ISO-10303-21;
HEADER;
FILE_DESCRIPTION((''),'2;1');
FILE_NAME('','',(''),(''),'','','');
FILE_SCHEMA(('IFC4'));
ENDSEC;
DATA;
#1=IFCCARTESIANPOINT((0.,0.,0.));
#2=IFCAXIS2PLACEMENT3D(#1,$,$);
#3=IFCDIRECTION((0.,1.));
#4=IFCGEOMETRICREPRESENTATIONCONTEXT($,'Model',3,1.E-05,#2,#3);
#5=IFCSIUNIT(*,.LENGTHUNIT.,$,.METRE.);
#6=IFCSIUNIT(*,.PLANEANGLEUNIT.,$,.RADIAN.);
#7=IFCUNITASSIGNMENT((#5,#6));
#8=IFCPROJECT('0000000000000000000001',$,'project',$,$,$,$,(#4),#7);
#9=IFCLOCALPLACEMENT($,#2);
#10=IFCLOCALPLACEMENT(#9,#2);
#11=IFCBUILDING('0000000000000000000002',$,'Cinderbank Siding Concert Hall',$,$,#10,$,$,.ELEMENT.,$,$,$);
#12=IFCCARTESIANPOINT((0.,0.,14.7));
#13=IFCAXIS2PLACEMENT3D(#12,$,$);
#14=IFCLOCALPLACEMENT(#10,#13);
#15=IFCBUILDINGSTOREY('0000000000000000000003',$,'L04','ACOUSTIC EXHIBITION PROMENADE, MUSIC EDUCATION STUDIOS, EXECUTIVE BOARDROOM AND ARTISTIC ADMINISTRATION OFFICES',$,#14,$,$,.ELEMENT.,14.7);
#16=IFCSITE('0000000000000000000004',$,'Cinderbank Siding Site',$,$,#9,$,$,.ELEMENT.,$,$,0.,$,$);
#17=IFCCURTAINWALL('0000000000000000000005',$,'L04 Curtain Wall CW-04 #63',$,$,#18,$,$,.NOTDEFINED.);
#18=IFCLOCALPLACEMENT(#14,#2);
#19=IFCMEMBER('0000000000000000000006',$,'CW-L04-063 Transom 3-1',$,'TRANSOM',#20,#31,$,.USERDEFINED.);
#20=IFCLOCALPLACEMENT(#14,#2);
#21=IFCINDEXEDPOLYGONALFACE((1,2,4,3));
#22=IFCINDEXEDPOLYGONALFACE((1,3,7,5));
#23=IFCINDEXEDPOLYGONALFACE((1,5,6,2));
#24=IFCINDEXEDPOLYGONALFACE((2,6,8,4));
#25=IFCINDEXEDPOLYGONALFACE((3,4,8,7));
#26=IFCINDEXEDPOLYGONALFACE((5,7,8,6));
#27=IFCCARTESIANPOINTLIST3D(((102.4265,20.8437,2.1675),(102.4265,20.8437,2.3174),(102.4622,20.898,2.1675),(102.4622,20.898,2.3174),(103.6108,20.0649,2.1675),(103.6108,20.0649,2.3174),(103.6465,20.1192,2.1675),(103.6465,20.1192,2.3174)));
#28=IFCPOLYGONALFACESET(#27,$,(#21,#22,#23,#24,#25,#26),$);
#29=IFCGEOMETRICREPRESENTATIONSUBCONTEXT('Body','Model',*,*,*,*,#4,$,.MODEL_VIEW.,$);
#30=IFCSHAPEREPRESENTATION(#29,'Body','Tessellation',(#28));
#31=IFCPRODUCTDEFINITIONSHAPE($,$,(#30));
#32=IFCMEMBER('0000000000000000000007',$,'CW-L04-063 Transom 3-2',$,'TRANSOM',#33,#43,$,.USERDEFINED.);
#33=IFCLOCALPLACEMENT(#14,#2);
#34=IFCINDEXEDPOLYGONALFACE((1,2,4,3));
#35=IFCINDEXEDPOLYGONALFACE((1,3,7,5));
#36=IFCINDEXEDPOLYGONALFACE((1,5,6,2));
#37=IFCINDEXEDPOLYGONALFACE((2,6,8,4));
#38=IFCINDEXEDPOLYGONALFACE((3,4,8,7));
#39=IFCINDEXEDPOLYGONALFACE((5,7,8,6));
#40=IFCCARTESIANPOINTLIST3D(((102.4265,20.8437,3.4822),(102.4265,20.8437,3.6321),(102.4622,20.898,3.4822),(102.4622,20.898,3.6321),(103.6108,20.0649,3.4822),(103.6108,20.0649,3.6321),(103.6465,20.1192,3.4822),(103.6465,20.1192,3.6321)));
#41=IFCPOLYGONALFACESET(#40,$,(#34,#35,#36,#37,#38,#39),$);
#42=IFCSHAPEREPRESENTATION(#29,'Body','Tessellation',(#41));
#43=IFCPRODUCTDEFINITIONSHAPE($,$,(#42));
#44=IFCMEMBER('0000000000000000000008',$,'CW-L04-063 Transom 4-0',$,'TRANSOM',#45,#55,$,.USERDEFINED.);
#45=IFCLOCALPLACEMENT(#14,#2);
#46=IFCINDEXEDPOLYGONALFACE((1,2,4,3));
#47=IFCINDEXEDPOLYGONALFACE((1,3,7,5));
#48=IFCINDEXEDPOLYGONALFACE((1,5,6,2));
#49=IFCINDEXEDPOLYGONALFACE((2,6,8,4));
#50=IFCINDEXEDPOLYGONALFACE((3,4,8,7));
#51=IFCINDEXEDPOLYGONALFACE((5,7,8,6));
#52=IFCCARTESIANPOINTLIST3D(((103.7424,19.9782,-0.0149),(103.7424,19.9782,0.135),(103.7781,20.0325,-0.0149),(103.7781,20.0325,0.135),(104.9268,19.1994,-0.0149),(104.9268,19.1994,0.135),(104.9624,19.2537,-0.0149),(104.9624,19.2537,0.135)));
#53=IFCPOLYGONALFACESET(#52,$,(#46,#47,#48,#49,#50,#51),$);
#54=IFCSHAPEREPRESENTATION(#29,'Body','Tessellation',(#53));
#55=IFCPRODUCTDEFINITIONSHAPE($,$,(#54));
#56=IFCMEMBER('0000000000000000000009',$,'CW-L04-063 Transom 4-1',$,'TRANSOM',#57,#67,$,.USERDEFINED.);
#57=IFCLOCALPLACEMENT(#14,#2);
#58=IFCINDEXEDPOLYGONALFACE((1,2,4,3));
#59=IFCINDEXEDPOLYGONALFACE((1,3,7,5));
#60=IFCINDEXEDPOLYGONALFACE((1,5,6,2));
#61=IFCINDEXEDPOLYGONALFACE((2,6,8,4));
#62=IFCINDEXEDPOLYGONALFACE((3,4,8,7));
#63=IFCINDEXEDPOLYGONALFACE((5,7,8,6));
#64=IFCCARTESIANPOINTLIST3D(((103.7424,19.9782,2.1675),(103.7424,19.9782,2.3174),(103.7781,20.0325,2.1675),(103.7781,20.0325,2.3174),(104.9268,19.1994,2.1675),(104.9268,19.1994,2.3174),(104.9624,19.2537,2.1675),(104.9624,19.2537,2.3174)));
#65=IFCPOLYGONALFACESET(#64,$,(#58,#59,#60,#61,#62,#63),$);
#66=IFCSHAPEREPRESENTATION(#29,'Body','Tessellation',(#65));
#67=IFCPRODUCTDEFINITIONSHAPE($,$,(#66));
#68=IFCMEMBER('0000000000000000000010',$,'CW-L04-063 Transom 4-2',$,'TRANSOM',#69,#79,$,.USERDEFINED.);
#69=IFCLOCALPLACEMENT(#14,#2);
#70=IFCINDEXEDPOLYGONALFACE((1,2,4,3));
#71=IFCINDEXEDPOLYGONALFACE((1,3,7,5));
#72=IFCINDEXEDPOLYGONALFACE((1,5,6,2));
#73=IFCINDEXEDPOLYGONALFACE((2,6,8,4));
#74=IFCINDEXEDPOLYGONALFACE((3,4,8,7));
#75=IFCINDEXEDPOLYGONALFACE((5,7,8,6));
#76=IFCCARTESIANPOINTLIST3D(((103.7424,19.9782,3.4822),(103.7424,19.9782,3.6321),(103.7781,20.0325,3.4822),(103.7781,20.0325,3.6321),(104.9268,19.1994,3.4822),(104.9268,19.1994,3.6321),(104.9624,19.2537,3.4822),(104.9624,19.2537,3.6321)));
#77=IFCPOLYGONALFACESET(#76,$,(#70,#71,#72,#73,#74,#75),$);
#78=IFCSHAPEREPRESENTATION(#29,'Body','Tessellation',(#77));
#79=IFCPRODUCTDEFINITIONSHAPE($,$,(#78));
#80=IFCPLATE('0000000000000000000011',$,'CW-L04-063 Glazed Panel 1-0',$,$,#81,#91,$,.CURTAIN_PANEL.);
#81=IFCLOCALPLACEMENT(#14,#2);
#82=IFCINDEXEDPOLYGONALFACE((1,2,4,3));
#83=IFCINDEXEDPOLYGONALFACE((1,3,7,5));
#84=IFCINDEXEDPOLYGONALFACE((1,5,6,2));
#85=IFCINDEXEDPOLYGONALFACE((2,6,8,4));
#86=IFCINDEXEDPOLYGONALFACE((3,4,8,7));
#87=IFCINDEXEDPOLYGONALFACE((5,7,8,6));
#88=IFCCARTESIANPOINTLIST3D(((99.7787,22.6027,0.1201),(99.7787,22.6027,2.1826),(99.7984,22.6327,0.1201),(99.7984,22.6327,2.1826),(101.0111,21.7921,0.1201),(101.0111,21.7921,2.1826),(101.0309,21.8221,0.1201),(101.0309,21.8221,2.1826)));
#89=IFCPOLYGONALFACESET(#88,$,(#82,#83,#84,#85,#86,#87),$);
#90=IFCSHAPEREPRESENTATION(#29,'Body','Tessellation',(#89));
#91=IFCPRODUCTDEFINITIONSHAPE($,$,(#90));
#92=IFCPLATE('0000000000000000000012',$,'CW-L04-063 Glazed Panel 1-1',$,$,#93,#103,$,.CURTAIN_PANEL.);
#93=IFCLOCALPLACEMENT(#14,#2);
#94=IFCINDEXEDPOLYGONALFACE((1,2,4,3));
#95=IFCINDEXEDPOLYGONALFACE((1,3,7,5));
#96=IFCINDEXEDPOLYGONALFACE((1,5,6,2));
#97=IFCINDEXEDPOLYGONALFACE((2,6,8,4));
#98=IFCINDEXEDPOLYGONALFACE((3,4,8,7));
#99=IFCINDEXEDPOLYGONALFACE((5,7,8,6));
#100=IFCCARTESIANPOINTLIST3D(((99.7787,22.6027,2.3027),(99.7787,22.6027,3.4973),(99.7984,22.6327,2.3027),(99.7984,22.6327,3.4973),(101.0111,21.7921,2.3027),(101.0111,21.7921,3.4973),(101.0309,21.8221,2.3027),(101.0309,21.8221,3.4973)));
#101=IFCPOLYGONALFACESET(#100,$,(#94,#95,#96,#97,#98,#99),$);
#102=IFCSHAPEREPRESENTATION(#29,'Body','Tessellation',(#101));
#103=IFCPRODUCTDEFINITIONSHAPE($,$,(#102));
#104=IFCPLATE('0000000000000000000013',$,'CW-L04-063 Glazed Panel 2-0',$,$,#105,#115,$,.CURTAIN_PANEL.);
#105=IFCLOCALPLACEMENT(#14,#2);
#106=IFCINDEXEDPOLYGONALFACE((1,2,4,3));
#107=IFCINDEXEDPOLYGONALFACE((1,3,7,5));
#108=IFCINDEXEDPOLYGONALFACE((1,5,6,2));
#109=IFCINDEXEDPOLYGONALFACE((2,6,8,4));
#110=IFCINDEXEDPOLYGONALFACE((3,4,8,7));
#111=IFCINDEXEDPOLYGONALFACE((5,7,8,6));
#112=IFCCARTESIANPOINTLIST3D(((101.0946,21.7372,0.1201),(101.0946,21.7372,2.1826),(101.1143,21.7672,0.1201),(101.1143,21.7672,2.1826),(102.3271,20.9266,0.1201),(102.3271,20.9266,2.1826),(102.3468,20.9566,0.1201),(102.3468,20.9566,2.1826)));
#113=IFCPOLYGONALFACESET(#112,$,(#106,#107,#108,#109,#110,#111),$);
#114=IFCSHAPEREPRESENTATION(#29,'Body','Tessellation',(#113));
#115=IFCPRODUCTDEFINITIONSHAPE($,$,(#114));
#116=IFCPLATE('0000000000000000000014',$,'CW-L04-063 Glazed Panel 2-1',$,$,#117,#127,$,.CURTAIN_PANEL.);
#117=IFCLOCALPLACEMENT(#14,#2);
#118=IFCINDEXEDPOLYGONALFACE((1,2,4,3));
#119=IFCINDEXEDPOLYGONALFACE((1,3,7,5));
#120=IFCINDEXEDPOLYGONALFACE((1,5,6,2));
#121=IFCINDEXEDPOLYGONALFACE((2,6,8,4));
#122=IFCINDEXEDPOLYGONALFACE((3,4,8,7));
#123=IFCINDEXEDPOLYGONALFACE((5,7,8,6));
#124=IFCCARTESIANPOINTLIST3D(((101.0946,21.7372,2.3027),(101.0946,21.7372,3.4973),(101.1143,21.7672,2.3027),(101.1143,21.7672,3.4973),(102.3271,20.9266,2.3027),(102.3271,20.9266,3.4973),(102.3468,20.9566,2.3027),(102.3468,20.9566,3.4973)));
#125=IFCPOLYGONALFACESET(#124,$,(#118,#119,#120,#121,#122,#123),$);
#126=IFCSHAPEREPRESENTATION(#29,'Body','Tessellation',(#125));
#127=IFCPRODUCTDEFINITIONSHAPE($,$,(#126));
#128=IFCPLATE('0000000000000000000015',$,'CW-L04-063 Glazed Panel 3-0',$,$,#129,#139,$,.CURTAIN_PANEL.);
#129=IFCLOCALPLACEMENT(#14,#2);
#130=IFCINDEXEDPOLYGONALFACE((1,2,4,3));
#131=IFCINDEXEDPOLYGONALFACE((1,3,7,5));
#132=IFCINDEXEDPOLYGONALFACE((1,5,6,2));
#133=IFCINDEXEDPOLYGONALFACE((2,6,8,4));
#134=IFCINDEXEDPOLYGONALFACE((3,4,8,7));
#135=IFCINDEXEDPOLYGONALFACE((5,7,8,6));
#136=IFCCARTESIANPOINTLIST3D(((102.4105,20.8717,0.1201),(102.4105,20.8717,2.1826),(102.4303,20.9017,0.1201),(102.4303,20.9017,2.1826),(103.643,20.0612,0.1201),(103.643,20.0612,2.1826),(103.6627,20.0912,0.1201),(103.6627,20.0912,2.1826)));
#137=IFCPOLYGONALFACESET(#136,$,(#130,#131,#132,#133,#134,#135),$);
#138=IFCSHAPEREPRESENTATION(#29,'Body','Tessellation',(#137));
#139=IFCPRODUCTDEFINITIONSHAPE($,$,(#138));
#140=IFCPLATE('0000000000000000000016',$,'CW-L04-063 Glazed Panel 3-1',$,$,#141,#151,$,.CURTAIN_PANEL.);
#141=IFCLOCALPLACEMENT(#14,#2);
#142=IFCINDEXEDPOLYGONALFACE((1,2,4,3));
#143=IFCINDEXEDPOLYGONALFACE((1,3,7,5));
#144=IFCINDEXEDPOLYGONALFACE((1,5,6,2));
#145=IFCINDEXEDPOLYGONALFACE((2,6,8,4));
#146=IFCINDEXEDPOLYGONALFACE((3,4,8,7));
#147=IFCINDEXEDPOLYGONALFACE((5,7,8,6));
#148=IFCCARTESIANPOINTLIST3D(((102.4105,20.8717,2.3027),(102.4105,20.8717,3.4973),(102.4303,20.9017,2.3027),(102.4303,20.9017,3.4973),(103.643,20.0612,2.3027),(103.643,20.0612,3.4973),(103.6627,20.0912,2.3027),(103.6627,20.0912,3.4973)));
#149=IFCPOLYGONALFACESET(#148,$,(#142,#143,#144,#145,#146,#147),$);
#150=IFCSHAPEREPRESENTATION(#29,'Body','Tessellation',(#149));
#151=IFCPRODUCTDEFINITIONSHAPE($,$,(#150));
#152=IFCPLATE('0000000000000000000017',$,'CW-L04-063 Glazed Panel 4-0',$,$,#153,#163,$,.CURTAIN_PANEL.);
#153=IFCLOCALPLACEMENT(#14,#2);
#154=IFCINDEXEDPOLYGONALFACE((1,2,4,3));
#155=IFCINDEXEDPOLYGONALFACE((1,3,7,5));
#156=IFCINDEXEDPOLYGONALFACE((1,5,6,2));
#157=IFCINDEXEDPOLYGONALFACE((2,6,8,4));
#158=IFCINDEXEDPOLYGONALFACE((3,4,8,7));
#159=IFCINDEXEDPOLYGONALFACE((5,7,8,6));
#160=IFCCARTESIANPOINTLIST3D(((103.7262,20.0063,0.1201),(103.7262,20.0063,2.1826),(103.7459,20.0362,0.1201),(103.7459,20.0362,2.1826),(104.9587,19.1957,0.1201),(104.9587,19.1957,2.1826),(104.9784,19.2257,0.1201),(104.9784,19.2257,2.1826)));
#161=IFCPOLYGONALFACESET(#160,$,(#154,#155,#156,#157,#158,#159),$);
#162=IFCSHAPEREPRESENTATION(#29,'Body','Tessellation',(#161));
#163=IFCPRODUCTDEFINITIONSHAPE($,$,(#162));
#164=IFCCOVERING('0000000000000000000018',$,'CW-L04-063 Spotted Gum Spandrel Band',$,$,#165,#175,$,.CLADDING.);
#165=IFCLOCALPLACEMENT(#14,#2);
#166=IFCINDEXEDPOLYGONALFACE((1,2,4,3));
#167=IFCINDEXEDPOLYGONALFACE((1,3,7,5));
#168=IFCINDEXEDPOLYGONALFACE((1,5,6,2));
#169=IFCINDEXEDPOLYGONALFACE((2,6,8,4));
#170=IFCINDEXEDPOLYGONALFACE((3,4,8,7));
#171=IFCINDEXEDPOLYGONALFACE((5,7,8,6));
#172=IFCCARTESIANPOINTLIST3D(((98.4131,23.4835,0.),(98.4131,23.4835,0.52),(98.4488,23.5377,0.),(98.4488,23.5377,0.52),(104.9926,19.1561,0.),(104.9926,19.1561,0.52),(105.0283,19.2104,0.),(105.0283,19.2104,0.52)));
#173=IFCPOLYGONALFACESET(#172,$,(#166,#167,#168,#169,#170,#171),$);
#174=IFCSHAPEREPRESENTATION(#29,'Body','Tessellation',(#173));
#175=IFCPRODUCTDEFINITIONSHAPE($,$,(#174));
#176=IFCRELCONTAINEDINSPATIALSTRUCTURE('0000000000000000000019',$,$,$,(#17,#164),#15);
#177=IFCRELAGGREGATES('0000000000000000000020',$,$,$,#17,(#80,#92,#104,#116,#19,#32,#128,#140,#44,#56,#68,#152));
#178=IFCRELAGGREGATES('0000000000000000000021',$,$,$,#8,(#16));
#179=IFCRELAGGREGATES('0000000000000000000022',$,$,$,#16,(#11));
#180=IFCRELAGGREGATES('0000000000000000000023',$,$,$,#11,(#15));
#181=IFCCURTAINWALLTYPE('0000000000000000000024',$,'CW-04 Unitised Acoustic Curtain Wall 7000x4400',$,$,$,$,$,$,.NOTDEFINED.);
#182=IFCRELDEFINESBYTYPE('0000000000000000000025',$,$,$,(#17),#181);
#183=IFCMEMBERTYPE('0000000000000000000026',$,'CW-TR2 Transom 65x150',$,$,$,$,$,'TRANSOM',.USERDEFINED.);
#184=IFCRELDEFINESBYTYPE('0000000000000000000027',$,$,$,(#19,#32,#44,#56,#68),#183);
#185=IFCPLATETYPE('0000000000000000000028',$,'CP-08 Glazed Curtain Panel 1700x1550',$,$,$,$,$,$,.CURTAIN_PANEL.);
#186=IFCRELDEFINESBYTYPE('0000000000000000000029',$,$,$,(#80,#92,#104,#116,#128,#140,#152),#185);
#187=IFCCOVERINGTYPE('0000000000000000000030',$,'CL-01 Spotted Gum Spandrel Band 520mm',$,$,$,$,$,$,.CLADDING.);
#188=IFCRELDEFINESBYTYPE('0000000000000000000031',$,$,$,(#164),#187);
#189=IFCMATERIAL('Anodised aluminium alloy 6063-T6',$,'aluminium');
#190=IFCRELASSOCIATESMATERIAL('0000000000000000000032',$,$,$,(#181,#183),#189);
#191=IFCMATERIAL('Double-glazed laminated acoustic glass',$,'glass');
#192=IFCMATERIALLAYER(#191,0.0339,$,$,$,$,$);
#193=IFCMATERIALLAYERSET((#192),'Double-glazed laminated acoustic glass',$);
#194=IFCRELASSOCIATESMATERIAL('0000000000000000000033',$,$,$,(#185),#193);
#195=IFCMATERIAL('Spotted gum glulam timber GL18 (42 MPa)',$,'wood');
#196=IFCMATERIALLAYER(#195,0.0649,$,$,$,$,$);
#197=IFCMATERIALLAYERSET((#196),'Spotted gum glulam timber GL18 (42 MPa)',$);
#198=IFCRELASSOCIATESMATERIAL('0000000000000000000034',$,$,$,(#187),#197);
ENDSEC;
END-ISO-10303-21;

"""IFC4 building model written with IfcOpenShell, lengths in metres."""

from ifc_helpers import new_model, si_unit, direction, frame, origin, origin_2d, place, context, subcontext, project, spatial, rectangle, extrude, material, layer, layer_set, material_profile, profile_set, type_object, element, aggregate, save


model = new_model("IFC4")

# Units and contexts
model_context = context("Model", 3, precision=1e-05, world=origin(), true_north=direction((0.0, 1.0)))
body_context = subcontext(model_context, "Body", "Model", "MODEL_VIEW")
ifc_project = project(units=[si_unit("LENGTHUNIT", "METRE"), si_unit("PLANEANGLEUNIT", "RADIAN")], contexts=[model_context])

# Site, building, storey
site_placement = place(None, origin())
site = spatial("IfcSite", under=ifc_project, at=site_placement, Name="Cinderbank Siding Site", CompositionType="ELEMENT", RefElevation=0.0)
building_placement = place(site_placement, origin())
building = spatial("IfcBuilding", under=site, at=building_placement, Name="Cinderbank Siding Concert Hall", CompositionType="ELEMENT")
storey_placement = place(building_placement, frame((0.0, 0.0, 14.7)))
storey = spatial("IfcBuildingStorey", under=building, at=storey_placement, Name="L04", Description="ACOUSTIC EXHIBITION PROMENADE, MUSIC EDUCATION STUDIOS, EXECUTIVE BOARDROOM AND ARTISTIC ADMINISTRATION OFFICES", CompositionType="ELEMENT", Elevation=14.7)

# Curtain wall, members, plates
ifc_material_1 = material(Name="Anodised aluminium alloy 6063-T6", Category="aluminium")
curtain_wall_type = type_object("IfcCurtainWallType", Name="CW-04 Unitised Acoustic Curtain Wall 7000x4400", PredefinedType="NOTDEFINED", material=ifc_material_1)
curtain_wall_placement = place(storey_placement, origin())
curtain_wall = element("IfcCurtainWall", 1, at=curtain_wall_placement, inside=storey, type_object=curtain_wall_type, Name="L04 Curtain Wall CW-04 #63", PredefinedType="NOTDEFINED")
ifc_material_profile_1 = material_profile(ifc_material_1, rectangle(XDim=0.0649, YDim=0.1499, at=origin_2d()), Name="ALU-TRAN-65x150", Category="LoadBearing")
ifc_profile_set_1 = profile_set([ifc_material_profile_1], Name="Anodised aluminium alloy 6063-T6")
member_type_1 = type_object("IfcMemberType", Name="CW-TR2 Transom 65x150", ElementType="TRANSOM", PredefinedType="USERDEFINED", material=ifc_profile_set_1)
member_1_placement = place(storey_placement, frame((102.4443, 20.8708, 2.2424), z_axis=(0.835532, -0.549443, 0.0), x_axis=(0.549443, 0.835532, 0.0)))
member_1 = element("IfcMember", 2, at=member_1_placement, type_object=member_type_1, Name="CW-L04-063 Transom 3-1", ObjectType="TRANSOM", PredefinedType="USERDEFINED", context=body_context, shape_type="SweptSolid", body=[
    extrude(rectangle(XDim=0.0649, YDim=0.1499, at=origin_2d()), origin(), (0.0, 0.0, 1.0), 1.4175),
])
member_2_placement = place(storey_placement, frame((102.4443, 20.8708, 3.5571), z_axis=(0.835532, -0.549443, 0.0), x_axis=(0.549443, 0.835532, 0.0)))
member_2 = element("IfcMember", 3, at=member_2_placement, type_object=member_type_1, Name="CW-L04-063 Transom 3-2", ObjectType="TRANSOM", PredefinedType="USERDEFINED", context=body_context, shape_type="SweptSolid", body=[
    extrude(rectangle(XDim=0.0649, YDim=0.1499, at=origin_2d()), origin(), (0.0, 0.0, 1.0), 1.4175),
])
member_3_placement = place(storey_placement, frame((103.7603, 20.0054, 0.0601), z_axis=(0.835532, -0.549443, 0.0), x_axis=(0.549443, 0.835532, 0.0)))
member_3 = element("IfcMember", 4, at=member_3_placement, type_object=member_type_1, Name="CW-L04-063 Transom 4-0", ObjectType="TRANSOM", PredefinedType="USERDEFINED", context=body_context, shape_type="SweptSolid", body=[
    extrude(rectangle(XDim=0.0649, YDim=0.1499, at=origin_2d()), origin(), (0.0, 0.0, 1.0), 1.4175),
])
member_4_placement = place(storey_placement, frame((103.7603, 20.0054, 2.2424), z_axis=(0.835532, -0.549443, 0.0), x_axis=(0.549443, 0.835532, 0.0)))
member_4 = element("IfcMember", 5, at=member_4_placement, type_object=member_type_1, Name="CW-L04-063 Transom 4-1", ObjectType="TRANSOM", PredefinedType="USERDEFINED", context=body_context, shape_type="SweptSolid", body=[
    extrude(rectangle(XDim=0.0649, YDim=0.1499, at=origin_2d()), origin(), (0.0, 0.0, 1.0), 1.4175),
])
member_5_placement = place(storey_placement, frame((103.7603, 20.0054, 3.5571), z_axis=(0.835532, -0.549443, 0.0), x_axis=(0.549443, 0.835532, 0.0)))
member_5 = element("IfcMember", 6, at=member_5_placement, type_object=member_type_1, Name="CW-L04-063 Transom 4-2", ObjectType="TRANSOM", PredefinedType="USERDEFINED", context=body_context, shape_type="SweptSolid", body=[
    extrude(rectangle(XDim=0.0649, YDim=0.1499, at=origin_2d()), origin(), (0.0, 0.0, 1.0), 1.4175),
])
ifc_material_2 = material(Name="Double-glazed laminated acoustic glass", Category="glass")
ifc_layer_1 = layer(ifc_material_2, 0.0339)
ifc_layer_set_1 = layer_set([ifc_layer_1], Name="Double-glazed laminated acoustic glass")
plate_type = type_object("IfcPlateType", Name="CP-08 Glazed Curtain Panel 1700x1550", PredefinedType="CURTAIN_PANEL", material=ifc_layer_set_1)
plate_1_placement = place(storey_placement, frame((100.4048, 22.2124, 0.1201), z_axis=(0.0, 0.0, 1.0), x_axis=(0.835492, -0.549503, 0.0)))
plate_1 = element("IfcPlate", 7, at=plate_1_placement, type_object=plate_type, Name="CW-L04-063 Glazed Panel 1-0", PredefinedType="CURTAIN_PANEL", context=body_context, shape_type="SweptSolid", body=[
    extrude(rectangle(XDim=1.4751, YDim=0.0359, at=origin_2d()), origin(), (0.0, 0.0, 1.0), 2.0625),
])
plate_2_placement = place(storey_placement, frame((100.4048, 22.2124, 2.3027), z_axis=(0.0, 0.0, 1.0), x_axis=(0.835492, -0.549503, 0.0)))
plate_2 = element("IfcPlate", 8, at=plate_2_placement, type_object=plate_type, Name="CW-L04-063 Glazed Panel 1-1", PredefinedType="CURTAIN_PANEL", context=body_context, shape_type="SweptSolid", body=[
    extrude(rectangle(XDim=1.4751, YDim=0.0359, at=origin_2d()), origin(), (0.0, 0.0, 1.0), 1.1946),
])
plate_3_placement = place(storey_placement, frame((101.7207, 21.3469, 0.1201), z_axis=(0.0, 0.0, 1.0), x_axis=(0.835492, -0.549503, 0.0)))
plate_3 = element("IfcPlate", 9, at=plate_3_placement, type_object=plate_type, Name="CW-L04-063 Glazed Panel 2-0", PredefinedType="CURTAIN_PANEL", context=body_context, shape_type="SweptSolid", body=[
    extrude(rectangle(XDim=1.4751, YDim=0.0359, at=origin_2d()), origin(), (0.0, 0.0, 1.0), 2.0625),
])
plate_4_placement = place(storey_placement, frame((101.7207, 21.3469, 2.3027), z_axis=(0.0, 0.0, 1.0), x_axis=(0.835492, -0.549503, 0.0)))
plate_4 = element("IfcPlate", 10, at=plate_4_placement, type_object=plate_type, Name="CW-L04-063 Glazed Panel 2-1", PredefinedType="CURTAIN_PANEL", context=body_context, shape_type="SweptSolid", body=[
    extrude(rectangle(XDim=1.4751, YDim=0.0359, at=origin_2d()), origin(), (0.0, 0.0, 1.0), 1.1946),
])
plate_5_placement = place(storey_placement, frame((103.0366, 20.4814, 0.1201), z_axis=(0.0, 0.0, 1.0), x_axis=(0.835492, -0.549503, 0.0)))
plate_5 = element("IfcPlate", 11, at=plate_5_placement, type_object=plate_type, Name="CW-L04-063 Glazed Panel 3-0", PredefinedType="CURTAIN_PANEL", context=body_context, shape_type="SweptSolid", body=[
    extrude(rectangle(XDim=1.4751, YDim=0.0359, at=origin_2d()), origin(), (0.0, 0.0, 1.0), 2.0625),
])
plate_6_placement = place(storey_placement, frame((103.0366, 20.4814, 2.3027), z_axis=(0.0, 0.0, 1.0), x_axis=(0.835492, -0.549503, 0.0)))
plate_6 = element("IfcPlate", 12, at=plate_6_placement, type_object=plate_type, Name="CW-L04-063 Glazed Panel 3-1", PredefinedType="CURTAIN_PANEL", context=body_context, shape_type="SweptSolid", body=[
    extrude(rectangle(XDim=1.4751, YDim=0.0359, at=origin_2d()), origin(), (0.0, 0.0, 1.0), 1.1946),
])
plate_7_placement = place(storey_placement, frame((104.3523, 19.616, 0.1201), z_axis=(0.0, 0.0, 1.0), x_axis=(0.835492, -0.549503, 0.0)))
plate_7 = element("IfcPlate", 13, at=plate_7_placement, type_object=plate_type, Name="CW-L04-063 Glazed Panel 4-0", PredefinedType="CURTAIN_PANEL", context=body_context, shape_type="SweptSolid", body=[
    extrude(rectangle(XDim=1.4751, YDim=0.0359, at=origin_2d()), origin(), (0.0, 0.0, 1.0), 2.0625),
])
aggregate(curtain_wall, [plate_1, plate_2, plate_3, plate_4, member_1, member_2, plate_5, plate_6, member_3, member_4, member_5, plate_7])

# Covering
ifc_material_3 = material(Name="Spotted gum glulam timber GL18 (42 MPa)", Category="wood")
ifc_layer_2 = layer(ifc_material_3, 0.0649)
ifc_layer_set_2 = layer_set([ifc_layer_2], Name="Spotted gum glulam timber GL18 (42 MPa)")
covering_type = type_object("IfcCoveringType", Name="CL-01 Spotted Gum Spandrel Band 520mm", PredefinedType="CLADDING", material=ifc_layer_set_2)
covering_placement = place(storey_placement, frame((101.7207, 21.3469, 0.0), z_axis=(0.0, 0.0, 1.0), x_axis=(0.835492, -0.549503, 0.0)))
element("IfcCovering", 14, at=covering_placement, inside=storey, type_object=covering_type, Name="CW-L04-063 Spotted Gum Spandrel Band", PredefinedType="CLADDING", context=body_context, shape_type="SweptSolid", body=[
    extrude(rectangle(XDim=7.875, YDim=0.0649, at=origin_2d()), origin(), (0.0, 0.0, 1.0), 0.52),
])

save(model, "model.ifc")
